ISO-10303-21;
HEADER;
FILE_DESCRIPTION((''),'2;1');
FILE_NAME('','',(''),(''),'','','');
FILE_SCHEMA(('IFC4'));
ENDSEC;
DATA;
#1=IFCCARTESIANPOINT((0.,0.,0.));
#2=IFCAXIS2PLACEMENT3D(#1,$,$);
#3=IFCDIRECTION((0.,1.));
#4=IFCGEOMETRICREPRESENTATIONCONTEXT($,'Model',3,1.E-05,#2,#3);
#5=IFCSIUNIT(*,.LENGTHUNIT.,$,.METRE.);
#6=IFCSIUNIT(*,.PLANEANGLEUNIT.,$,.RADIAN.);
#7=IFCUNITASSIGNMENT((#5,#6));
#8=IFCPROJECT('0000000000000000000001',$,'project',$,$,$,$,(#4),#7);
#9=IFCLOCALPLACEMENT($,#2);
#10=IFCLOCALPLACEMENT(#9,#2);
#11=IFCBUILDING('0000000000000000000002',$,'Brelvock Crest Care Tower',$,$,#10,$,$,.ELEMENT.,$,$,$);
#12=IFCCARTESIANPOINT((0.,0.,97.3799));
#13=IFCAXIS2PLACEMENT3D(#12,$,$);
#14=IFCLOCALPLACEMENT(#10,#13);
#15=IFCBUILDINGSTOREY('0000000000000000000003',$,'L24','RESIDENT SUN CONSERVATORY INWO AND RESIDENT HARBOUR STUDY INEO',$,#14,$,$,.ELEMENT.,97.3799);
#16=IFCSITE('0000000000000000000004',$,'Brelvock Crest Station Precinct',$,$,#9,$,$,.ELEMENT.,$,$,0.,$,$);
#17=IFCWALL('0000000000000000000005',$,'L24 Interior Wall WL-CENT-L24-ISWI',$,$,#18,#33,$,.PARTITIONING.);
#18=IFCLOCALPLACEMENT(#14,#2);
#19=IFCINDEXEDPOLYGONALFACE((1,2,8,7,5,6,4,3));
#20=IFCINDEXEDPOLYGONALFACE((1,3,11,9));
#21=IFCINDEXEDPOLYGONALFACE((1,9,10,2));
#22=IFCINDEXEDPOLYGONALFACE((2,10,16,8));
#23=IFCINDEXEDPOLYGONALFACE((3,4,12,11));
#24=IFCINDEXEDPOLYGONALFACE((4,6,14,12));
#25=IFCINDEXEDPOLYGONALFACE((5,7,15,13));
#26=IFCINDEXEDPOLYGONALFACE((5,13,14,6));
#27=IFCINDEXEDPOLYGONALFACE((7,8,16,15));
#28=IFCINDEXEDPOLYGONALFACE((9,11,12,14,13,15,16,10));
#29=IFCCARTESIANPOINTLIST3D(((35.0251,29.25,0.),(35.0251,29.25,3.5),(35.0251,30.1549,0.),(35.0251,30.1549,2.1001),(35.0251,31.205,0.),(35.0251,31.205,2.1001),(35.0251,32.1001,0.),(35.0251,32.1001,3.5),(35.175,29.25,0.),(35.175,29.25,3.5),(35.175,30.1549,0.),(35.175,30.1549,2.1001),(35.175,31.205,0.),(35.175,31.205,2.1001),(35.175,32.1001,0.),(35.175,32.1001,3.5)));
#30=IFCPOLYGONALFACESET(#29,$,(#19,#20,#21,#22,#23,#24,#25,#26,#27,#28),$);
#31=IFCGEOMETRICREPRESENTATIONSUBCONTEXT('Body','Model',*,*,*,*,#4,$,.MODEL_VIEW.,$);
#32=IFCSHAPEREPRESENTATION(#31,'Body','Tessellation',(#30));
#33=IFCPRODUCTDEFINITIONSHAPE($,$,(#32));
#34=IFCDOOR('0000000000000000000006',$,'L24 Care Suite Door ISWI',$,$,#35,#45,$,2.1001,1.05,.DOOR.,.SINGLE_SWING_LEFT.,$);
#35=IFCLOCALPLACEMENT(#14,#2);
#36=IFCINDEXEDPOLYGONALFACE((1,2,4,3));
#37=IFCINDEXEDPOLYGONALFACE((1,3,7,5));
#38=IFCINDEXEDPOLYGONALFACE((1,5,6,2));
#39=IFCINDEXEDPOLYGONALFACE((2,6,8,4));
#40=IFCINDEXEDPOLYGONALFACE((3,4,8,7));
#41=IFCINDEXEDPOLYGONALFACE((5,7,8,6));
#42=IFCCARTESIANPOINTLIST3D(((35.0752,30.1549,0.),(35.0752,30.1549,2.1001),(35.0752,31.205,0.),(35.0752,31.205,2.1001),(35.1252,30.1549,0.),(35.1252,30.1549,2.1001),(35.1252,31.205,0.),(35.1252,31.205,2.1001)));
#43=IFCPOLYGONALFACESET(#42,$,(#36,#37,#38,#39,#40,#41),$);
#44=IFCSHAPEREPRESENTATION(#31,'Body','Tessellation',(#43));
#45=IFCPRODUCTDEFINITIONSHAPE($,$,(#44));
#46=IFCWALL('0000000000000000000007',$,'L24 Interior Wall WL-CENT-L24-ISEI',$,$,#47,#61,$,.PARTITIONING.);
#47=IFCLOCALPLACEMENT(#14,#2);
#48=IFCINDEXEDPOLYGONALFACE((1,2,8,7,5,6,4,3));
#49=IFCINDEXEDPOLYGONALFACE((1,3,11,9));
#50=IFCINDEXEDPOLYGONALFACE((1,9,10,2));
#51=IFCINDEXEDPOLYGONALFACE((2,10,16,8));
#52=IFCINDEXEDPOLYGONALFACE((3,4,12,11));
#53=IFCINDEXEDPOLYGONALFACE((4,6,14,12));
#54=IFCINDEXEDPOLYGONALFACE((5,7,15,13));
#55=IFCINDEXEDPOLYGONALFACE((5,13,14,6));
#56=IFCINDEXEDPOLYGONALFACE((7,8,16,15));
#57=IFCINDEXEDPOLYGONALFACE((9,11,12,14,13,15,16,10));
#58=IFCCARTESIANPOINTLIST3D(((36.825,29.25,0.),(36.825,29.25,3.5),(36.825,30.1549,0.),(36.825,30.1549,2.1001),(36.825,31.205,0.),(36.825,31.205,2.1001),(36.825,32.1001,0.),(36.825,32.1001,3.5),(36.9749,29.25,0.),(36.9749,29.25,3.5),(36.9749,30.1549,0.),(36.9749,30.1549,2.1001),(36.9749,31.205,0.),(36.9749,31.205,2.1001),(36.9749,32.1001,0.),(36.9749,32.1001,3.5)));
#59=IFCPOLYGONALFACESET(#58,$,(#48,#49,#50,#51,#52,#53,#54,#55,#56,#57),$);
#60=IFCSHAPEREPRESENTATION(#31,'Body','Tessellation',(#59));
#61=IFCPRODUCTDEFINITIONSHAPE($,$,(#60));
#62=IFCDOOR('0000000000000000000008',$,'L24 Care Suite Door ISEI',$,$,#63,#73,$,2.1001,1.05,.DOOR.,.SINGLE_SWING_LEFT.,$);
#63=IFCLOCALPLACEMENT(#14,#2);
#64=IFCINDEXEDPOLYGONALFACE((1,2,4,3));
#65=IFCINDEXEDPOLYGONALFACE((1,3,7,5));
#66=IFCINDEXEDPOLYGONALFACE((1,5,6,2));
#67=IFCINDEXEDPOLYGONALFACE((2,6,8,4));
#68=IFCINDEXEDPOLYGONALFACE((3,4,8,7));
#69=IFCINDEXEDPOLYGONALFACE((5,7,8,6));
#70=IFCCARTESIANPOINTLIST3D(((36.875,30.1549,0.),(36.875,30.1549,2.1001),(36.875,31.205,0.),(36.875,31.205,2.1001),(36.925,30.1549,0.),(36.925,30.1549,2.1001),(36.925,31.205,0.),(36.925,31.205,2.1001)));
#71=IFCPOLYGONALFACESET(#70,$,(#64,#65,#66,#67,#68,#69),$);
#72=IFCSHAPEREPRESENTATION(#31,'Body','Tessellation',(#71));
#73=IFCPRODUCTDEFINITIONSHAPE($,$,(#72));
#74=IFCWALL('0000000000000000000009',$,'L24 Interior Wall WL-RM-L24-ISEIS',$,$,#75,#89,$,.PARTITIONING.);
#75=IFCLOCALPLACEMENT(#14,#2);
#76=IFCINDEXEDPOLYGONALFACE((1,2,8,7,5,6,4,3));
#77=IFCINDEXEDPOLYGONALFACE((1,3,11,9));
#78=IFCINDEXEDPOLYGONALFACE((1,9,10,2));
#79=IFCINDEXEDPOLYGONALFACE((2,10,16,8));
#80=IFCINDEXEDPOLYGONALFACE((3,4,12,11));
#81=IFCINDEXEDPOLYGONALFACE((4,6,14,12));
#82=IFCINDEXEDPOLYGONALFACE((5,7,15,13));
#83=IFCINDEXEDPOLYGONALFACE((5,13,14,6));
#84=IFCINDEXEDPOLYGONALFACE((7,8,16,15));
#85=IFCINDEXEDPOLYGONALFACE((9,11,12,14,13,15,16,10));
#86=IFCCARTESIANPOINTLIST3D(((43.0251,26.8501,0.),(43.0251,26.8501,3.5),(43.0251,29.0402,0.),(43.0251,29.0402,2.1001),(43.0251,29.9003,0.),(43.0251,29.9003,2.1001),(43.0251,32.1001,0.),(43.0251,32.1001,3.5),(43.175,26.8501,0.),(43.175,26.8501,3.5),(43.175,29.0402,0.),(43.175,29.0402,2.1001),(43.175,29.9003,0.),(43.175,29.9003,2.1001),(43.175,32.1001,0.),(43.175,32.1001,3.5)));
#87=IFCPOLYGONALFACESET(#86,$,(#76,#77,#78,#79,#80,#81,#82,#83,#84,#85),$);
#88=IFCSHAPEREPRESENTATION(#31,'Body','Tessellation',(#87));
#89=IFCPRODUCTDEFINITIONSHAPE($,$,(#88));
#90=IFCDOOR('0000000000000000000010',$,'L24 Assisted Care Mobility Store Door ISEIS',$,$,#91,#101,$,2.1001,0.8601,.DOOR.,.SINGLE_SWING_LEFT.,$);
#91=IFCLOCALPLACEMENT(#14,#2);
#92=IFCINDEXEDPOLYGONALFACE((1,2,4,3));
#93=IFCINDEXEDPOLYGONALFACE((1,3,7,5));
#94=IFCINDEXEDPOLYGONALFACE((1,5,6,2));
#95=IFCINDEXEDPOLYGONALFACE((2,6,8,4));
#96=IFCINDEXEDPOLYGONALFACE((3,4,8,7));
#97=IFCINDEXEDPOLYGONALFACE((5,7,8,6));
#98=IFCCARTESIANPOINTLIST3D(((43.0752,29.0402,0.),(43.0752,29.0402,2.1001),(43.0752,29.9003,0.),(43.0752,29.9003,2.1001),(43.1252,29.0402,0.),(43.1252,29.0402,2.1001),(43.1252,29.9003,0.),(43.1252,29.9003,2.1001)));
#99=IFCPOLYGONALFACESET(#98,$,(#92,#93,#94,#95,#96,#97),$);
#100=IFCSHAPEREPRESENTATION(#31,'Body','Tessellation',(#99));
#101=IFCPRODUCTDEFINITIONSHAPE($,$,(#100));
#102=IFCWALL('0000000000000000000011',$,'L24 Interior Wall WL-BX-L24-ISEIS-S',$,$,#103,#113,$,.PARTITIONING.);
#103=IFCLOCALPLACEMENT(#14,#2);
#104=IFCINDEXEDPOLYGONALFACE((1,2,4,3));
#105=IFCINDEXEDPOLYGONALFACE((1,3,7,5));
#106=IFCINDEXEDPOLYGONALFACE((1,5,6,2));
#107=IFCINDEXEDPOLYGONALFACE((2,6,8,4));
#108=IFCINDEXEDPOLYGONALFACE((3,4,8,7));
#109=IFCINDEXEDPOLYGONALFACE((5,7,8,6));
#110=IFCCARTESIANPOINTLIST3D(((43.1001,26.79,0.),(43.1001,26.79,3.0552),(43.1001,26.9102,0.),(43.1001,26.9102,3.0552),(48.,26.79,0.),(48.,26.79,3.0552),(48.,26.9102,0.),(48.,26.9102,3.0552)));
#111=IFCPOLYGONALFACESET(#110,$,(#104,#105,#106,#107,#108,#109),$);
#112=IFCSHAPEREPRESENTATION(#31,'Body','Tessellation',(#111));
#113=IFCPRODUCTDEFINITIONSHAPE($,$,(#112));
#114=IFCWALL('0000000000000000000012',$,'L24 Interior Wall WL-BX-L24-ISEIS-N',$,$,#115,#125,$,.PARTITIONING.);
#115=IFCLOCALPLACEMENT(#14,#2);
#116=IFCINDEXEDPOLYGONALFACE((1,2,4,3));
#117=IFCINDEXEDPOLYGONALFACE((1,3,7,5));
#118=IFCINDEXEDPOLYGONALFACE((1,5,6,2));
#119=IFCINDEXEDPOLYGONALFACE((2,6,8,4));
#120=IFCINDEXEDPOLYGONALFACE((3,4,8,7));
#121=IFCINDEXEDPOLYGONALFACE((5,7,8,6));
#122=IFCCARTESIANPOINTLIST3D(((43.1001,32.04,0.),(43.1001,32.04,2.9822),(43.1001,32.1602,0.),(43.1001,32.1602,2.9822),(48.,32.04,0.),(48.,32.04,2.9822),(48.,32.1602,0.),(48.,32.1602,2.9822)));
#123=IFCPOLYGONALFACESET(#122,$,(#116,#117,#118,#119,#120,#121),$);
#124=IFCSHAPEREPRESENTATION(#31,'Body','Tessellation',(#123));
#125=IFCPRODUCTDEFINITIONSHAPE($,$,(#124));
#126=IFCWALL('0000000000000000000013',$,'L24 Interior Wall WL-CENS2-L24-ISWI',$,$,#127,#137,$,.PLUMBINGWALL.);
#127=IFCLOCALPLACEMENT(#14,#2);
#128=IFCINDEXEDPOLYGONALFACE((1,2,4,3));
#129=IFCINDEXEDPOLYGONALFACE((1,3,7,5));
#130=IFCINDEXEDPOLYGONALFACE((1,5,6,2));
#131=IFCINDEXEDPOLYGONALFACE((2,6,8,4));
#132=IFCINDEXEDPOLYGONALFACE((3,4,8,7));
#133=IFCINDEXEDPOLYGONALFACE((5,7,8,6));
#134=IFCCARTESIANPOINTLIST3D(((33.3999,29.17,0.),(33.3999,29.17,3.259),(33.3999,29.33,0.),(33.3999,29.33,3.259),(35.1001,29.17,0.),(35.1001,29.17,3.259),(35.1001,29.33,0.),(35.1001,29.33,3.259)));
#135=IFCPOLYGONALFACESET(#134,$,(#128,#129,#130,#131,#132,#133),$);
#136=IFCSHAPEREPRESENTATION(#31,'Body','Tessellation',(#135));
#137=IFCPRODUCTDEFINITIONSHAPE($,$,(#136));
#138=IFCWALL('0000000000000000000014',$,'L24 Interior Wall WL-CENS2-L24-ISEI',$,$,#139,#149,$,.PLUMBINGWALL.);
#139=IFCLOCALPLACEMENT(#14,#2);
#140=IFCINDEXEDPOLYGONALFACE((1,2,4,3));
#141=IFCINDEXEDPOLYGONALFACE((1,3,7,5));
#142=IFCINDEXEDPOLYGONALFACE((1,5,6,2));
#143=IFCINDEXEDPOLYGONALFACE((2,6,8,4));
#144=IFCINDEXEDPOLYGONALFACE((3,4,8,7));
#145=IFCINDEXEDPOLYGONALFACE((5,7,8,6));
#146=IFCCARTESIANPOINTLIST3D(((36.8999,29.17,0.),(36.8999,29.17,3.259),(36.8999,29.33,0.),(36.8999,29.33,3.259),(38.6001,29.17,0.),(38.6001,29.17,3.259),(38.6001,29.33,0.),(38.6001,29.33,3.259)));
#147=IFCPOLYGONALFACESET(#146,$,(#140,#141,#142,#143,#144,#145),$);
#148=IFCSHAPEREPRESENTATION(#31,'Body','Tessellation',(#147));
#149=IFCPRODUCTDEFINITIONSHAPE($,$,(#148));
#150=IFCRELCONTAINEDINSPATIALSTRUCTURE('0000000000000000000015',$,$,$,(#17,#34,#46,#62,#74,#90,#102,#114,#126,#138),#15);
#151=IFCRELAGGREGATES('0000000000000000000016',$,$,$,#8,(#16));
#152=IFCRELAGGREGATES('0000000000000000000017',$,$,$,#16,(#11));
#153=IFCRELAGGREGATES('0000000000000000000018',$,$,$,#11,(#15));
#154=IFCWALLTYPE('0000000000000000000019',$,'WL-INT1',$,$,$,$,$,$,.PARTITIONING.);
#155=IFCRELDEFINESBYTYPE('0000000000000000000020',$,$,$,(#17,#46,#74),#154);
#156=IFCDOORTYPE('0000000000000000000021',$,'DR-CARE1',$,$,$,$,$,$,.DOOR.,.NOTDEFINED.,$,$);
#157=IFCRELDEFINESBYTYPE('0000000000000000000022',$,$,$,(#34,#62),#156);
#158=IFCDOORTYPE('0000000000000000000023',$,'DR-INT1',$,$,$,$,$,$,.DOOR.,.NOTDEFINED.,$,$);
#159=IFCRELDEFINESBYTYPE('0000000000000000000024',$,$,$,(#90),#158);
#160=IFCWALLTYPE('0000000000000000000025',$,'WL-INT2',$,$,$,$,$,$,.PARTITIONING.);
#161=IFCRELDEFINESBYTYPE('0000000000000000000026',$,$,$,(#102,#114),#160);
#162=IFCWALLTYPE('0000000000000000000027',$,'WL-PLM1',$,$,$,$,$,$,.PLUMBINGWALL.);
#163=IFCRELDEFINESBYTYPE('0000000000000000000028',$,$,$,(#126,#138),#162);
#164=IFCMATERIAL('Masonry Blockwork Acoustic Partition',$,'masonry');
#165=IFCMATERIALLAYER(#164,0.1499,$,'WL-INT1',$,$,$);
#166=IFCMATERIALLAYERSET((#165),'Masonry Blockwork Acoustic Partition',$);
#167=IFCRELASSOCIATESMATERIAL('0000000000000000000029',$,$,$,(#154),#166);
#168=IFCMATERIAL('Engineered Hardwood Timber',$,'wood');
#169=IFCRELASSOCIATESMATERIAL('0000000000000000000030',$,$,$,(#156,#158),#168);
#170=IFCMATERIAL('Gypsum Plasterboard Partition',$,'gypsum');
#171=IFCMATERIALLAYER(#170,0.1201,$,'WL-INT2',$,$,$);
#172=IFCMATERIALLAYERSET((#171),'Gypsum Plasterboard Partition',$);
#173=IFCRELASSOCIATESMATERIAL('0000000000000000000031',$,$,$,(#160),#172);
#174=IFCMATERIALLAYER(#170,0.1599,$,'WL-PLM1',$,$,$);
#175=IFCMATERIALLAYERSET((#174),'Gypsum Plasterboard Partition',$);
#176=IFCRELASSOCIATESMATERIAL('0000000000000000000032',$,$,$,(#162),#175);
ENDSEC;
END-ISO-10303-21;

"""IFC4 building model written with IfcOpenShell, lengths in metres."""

from ifc_helpers import new_model, si_unit, direction, frame, frame_2d, origin, origin_2d, place, context, subcontext, project, spatial, rectangle, extrude, source, transform, mapped, material, layer, layer_set, type_object, element, fill, save


model = new_model("IFC4")

# Units and contexts
model_context = context("Model", 3, precision=1e-05, world=origin(), true_north=direction((0.0, 1.0)))
body_context = subcontext(model_context, "Body", "Model", "MODEL_VIEW")
ifc_project = project(units=[si_unit("LENGTHUNIT", "METRE"), si_unit("PLANEANGLEUNIT", "RADIAN")], contexts=[model_context])

# Site, building, storey
site_placement = place(None, origin())
site = spatial("IfcSite", under=ifc_project, at=site_placement, Name="Brelvock Crest Station Precinct", CompositionType="ELEMENT", RefElevation=0.0)
building_placement = place(site_placement, origin())
building = spatial("IfcBuilding", under=site, at=building_placement, Name="Brelvock Crest Care Tower", CompositionType="ELEMENT")
storey_placement = place(building_placement, frame((0.0, 0.0, 97.3799)))
storey = spatial("IfcBuildingStorey", under=building, at=storey_placement, Name="L24", Description="RESIDENT SUN CONSERVATORY INWO AND RESIDENT HARBOUR STUDY INEO", CompositionType="ELEMENT", Elevation=97.3799)

# Shared definitions
ifc_material_1 = material(Name="Masonry Blockwork Acoustic Partition", Category="masonry")
ifc_layer_1 = layer(ifc_material_1, 0.1499, Name="WL-INT1")
ifc_layer_set_1 = layer_set([ifc_layer_1], Name="Masonry Blockwork Acoustic Partition")
wall_type_1 = type_object("IfcWallType", Name="WL-INT1", PredefinedType="PARTITIONING", material=ifc_layer_set_1)

# Walls, openings, doors
wall_1_placement = place(storey_placement, frame((35.1001, 29.25, 0.0), z_axis=(0.0, 0.0, 1.0), x_axis=(0.0, 1.0, 0.0)))
wall_1 = element("IfcWall", 1, at=wall_1_placement, inside=storey, type_object=wall_type_1, Name="L24 Interior Wall WL-CENT-L24-ISWI", PredefinedType="PARTITIONING", context=body_context, shape_type="SweptSolid", body=[
    extrude(rectangle(XDim=2.8501, YDim=0.1499, at=frame_2d((1.425, 0.0))), origin(), (0.0, 0.0, 1.0), 3.5),
])
opening_1_placement = place(wall_1_placement, frame((0.905, 0.0, 0.0)))
opening_1 = element("IfcOpeningElement", 2, at=opening_1_placement, cuts=wall_1, PredefinedType="OPENING", context=body_context, shape_type="SweptSolid", body=[
    extrude(rectangle(XDim=1.05, YDim=2.1001, at=origin_2d()), frame((0.5249, 0.085, 1.05), z_axis=(0.0, -1.0, 0.0), x_axis=(1.0, 0.0, 0.0)), (0.0, 0.0, 1.0), 0.1699),
])
ifc_material_2 = material(Name="Engineered Hardwood Timber", Category="wood")
door_type_1 = type_object("IfcDoorType", Name="DR-CARE1", OperationType="NOTDEFINED", PredefinedType="DOOR", material=ifc_material_2)
shared_shape_1 = source(origin(), body_context, "Body", "SweptSolid", [
    extrude(rectangle(XDim=1.05, YDim=2.1001, at=origin_2d()), frame((0.5249, 0.0249, 1.05), z_axis=(0.0, -1.0, 0.0), x_axis=(1.0, 0.0, 0.0)), (0.0, 0.0, 1.0), 0.05),
])
door_1_placement = place(opening_1_placement, origin())
door_1 = element("IfcDoor", 3, at=door_1_placement, inside=storey, type_object=door_type_1, Name="L24 Care Suite Door ISWI", OperationType="SINGLE_SWING_LEFT", OverallHeight=2.1001, OverallWidth=1.05, PredefinedType="DOOR", context=body_context, shape_type="MappedRepresentation", body=[
    mapped(shared_shape_1, transform((0.0, 0.0, 0.0), x_axis=(1.0, 0.0, 0.0), y_axis=(0.0, 1.0, 0.0), z_axis=(0.0, 0.0, 1.0), scale=1.0)),
])
fill(opening_1, door_1)
wall_2_placement = place(storey_placement, frame((36.8999, 29.25, 0.0), z_axis=(0.0, 0.0, 1.0), x_axis=(0.0, 1.0, 0.0)))
wall_2 = element("IfcWall", 4, at=wall_2_placement, inside=storey, type_object=wall_type_1, Name="L24 Interior Wall WL-CENT-L24-ISEI", PredefinedType="PARTITIONING", context=body_context, shape_type="SweptSolid", body=[
    extrude(rectangle(XDim=2.8501, YDim=0.1499, at=frame_2d((1.425, 0.0))), origin(), (0.0, 0.0, 1.0), 3.5),
])
opening_2_placement = place(wall_2_placement, frame((0.905, 0.0, 0.0)))
opening_2 = element("IfcOpeningElement", 5, at=opening_2_placement, cuts=wall_2, PredefinedType="OPENING", context=body_context, shape_type="SweptSolid", body=[
    extrude(rectangle(XDim=1.05, YDim=2.1001, at=origin_2d()), frame((0.5249, 0.085, 1.05), z_axis=(0.0, -1.0, 0.0), x_axis=(1.0, 0.0, 0.0)), (0.0, 0.0, 1.0), 0.1699),
])
door_2_placement = place(opening_2_placement, origin())
door_2 = element("IfcDoor", 6, at=door_2_placement, inside=storey, type_object=door_type_1, Name="L24 Care Suite Door ISEI", OperationType="SINGLE_SWING_LEFT", OverallHeight=2.1001, OverallWidth=1.05, PredefinedType="DOOR", context=body_context, shape_type="MappedRepresentation", body=[
    mapped(shared_shape_1, transform((0.0, 0.0, 0.0), x_axis=(1.0, 0.0, 0.0), y_axis=(0.0, 1.0, 0.0), z_axis=(0.0, 0.0, 1.0), scale=1.0)),
])
fill(opening_2, door_2)
wall_3_placement = place(storey_placement, frame((43.1001, 26.8501, 0.0), z_axis=(0.0, 0.0, 1.0), x_axis=(0.0, 1.0, 0.0)))
wall_3 = element("IfcWall", 7, at=wall_3_placement, inside=storey, type_object=wall_type_1, Name="L24 Interior Wall WL-RM-L24-ISEIS", PredefinedType="PARTITIONING", context=body_context, shape_type="SweptSolid", body=[
    extrude(rectangle(XDim=5.25, YDim=0.1499, at=frame_2d((2.625, 0.0))), origin(), (0.0, 0.0, 1.0), 3.5),
])
opening_3_placement = place(wall_3_placement, frame((2.1899, 0.0, 0.0)))
opening_3 = element("IfcOpeningElement", 8, at=opening_3_placement, cuts=wall_3, PredefinedType="OPENING", context=body_context, shape_type="SweptSolid", body=[
    extrude(rectangle(XDim=0.8601, YDim=2.1001, at=origin_2d()), frame((0.4302, 0.085, 1.05), z_axis=(0.0, -1.0, 0.0), x_axis=(1.0, 0.0, 0.0)), (0.0, 0.0, 1.0), 0.1699),
])
door_type_2 = type_object("IfcDoorType", Name="DR-INT1", OperationType="NOTDEFINED", PredefinedType="DOOR", material=ifc_material_2)
shared_shape_2 = source(origin(), body_context, "Body", "SweptSolid", [
    extrude(rectangle(XDim=0.8601, YDim=2.1001, at=origin_2d()), frame((0.4302, 0.0249, 1.05), z_axis=(0.0, -1.0, 0.0), x_axis=(1.0, 0.0, 0.0)), (0.0, 0.0, 1.0), 0.05),
])
door_3_placement = place(opening_3_placement, origin())
door_3 = element("IfcDoor", 9, at=door_3_placement, inside=storey, type_object=door_type_2, Name="L24 Assisted Care Mobility Store Door ISEIS", OperationType="SINGLE_SWING_LEFT", OverallHeight=2.1001, OverallWidth=0.8601, PredefinedType="DOOR", context=body_context, shape_type="MappedRepresentation", body=[
    mapped(shared_shape_2, transform((0.0, 0.0, 0.0), x_axis=(1.0, 0.0, 0.0), y_axis=(0.0, 1.0, 0.0), z_axis=(0.0, 0.0, 1.0), scale=1.0)),
])
fill(opening_3, door_3)

# Walls
ifc_material_3 = material(Name="Gypsum Plasterboard Partition", Category="gypsum")
ifc_layer_2 = layer(ifc_material_3, 0.1201, Name="WL-INT2")
ifc_layer_set_2 = layer_set([ifc_layer_2], Name="Gypsum Plasterboard Partition")
wall_type_2 = type_object("IfcWallType", Name="WL-INT2", PredefinedType="PARTITIONING", material=ifc_layer_set_2)
wall_4_placement = place(storey_placement, frame((43.1001, 26.8501, 0.0), z_axis=(0.0, 0.0, 1.0), x_axis=(1.0, 0.0, 0.0)))
element("IfcWall", 10, at=wall_4_placement, inside=storey, type_object=wall_type_2, Name="L24 Interior Wall WL-BX-L24-ISEIS-S", PredefinedType="PARTITIONING", context=body_context, shape_type="SweptSolid", body=[
    extrude(rectangle(XDim=4.8999, YDim=0.1201, at=frame_2d((2.45, 0.0))), origin(), (0.0, 0.0, 1.0), 3.0552),
])
wall_5_placement = place(storey_placement, frame((43.1001, 32.1001, 0.0), z_axis=(0.0, 0.0, 1.0), x_axis=(1.0, 0.0, 0.0)))
element("IfcWall", 11, at=wall_5_placement, inside=storey, type_object=wall_type_2, Name="L24 Interior Wall WL-BX-L24-ISEIS-N", PredefinedType="PARTITIONING", context=body_context, shape_type="SweptSolid", body=[
    extrude(rectangle(XDim=4.8999, YDim=0.1201, at=frame_2d((2.45, 0.0))), origin(), (0.0, 0.0, 1.0), 2.9822),
])
ifc_layer_3 = layer(ifc_material_3, 0.1599, Name="WL-PLM1")
ifc_layer_set_3 = layer_set([ifc_layer_3], Name="Gypsum Plasterboard Partition")
wall_type_3 = type_object("IfcWallType", Name="WL-PLM1", PredefinedType="PLUMBINGWALL", material=ifc_layer_set_3)
for number, where, z_axis, x_axis, name in (
    (12, (33.3999, 29.25, 0.0), (0.0, 0.0, 1.0), (1.0, 0.0, 0.0), "L24 Interior Wall WL-CENS2-L24-ISWI"),
    (13, (36.8999, 29.25, 0.0), (0.0, 0.0, 1.0), (1.0, 0.0, 0.0), "L24 Interior Wall WL-CENS2-L24-ISEI"),
):
    element("IfcWall", number, at=place(storey_placement, frame(where, z_axis=z_axis, x_axis=x_axis)), inside=storey, type_object=wall_type_3, Name=name, PredefinedType="PLUMBINGWALL", context=body_context, shape_type="SweptSolid", body=[
        extrude(rectangle(XDim=1.7002, YDim=0.1599, at=frame_2d((0.8501, 0.0))), origin(), (0.0, 0.0, 1.0), 3.259),
    ])

save(model, "model.ifc")
